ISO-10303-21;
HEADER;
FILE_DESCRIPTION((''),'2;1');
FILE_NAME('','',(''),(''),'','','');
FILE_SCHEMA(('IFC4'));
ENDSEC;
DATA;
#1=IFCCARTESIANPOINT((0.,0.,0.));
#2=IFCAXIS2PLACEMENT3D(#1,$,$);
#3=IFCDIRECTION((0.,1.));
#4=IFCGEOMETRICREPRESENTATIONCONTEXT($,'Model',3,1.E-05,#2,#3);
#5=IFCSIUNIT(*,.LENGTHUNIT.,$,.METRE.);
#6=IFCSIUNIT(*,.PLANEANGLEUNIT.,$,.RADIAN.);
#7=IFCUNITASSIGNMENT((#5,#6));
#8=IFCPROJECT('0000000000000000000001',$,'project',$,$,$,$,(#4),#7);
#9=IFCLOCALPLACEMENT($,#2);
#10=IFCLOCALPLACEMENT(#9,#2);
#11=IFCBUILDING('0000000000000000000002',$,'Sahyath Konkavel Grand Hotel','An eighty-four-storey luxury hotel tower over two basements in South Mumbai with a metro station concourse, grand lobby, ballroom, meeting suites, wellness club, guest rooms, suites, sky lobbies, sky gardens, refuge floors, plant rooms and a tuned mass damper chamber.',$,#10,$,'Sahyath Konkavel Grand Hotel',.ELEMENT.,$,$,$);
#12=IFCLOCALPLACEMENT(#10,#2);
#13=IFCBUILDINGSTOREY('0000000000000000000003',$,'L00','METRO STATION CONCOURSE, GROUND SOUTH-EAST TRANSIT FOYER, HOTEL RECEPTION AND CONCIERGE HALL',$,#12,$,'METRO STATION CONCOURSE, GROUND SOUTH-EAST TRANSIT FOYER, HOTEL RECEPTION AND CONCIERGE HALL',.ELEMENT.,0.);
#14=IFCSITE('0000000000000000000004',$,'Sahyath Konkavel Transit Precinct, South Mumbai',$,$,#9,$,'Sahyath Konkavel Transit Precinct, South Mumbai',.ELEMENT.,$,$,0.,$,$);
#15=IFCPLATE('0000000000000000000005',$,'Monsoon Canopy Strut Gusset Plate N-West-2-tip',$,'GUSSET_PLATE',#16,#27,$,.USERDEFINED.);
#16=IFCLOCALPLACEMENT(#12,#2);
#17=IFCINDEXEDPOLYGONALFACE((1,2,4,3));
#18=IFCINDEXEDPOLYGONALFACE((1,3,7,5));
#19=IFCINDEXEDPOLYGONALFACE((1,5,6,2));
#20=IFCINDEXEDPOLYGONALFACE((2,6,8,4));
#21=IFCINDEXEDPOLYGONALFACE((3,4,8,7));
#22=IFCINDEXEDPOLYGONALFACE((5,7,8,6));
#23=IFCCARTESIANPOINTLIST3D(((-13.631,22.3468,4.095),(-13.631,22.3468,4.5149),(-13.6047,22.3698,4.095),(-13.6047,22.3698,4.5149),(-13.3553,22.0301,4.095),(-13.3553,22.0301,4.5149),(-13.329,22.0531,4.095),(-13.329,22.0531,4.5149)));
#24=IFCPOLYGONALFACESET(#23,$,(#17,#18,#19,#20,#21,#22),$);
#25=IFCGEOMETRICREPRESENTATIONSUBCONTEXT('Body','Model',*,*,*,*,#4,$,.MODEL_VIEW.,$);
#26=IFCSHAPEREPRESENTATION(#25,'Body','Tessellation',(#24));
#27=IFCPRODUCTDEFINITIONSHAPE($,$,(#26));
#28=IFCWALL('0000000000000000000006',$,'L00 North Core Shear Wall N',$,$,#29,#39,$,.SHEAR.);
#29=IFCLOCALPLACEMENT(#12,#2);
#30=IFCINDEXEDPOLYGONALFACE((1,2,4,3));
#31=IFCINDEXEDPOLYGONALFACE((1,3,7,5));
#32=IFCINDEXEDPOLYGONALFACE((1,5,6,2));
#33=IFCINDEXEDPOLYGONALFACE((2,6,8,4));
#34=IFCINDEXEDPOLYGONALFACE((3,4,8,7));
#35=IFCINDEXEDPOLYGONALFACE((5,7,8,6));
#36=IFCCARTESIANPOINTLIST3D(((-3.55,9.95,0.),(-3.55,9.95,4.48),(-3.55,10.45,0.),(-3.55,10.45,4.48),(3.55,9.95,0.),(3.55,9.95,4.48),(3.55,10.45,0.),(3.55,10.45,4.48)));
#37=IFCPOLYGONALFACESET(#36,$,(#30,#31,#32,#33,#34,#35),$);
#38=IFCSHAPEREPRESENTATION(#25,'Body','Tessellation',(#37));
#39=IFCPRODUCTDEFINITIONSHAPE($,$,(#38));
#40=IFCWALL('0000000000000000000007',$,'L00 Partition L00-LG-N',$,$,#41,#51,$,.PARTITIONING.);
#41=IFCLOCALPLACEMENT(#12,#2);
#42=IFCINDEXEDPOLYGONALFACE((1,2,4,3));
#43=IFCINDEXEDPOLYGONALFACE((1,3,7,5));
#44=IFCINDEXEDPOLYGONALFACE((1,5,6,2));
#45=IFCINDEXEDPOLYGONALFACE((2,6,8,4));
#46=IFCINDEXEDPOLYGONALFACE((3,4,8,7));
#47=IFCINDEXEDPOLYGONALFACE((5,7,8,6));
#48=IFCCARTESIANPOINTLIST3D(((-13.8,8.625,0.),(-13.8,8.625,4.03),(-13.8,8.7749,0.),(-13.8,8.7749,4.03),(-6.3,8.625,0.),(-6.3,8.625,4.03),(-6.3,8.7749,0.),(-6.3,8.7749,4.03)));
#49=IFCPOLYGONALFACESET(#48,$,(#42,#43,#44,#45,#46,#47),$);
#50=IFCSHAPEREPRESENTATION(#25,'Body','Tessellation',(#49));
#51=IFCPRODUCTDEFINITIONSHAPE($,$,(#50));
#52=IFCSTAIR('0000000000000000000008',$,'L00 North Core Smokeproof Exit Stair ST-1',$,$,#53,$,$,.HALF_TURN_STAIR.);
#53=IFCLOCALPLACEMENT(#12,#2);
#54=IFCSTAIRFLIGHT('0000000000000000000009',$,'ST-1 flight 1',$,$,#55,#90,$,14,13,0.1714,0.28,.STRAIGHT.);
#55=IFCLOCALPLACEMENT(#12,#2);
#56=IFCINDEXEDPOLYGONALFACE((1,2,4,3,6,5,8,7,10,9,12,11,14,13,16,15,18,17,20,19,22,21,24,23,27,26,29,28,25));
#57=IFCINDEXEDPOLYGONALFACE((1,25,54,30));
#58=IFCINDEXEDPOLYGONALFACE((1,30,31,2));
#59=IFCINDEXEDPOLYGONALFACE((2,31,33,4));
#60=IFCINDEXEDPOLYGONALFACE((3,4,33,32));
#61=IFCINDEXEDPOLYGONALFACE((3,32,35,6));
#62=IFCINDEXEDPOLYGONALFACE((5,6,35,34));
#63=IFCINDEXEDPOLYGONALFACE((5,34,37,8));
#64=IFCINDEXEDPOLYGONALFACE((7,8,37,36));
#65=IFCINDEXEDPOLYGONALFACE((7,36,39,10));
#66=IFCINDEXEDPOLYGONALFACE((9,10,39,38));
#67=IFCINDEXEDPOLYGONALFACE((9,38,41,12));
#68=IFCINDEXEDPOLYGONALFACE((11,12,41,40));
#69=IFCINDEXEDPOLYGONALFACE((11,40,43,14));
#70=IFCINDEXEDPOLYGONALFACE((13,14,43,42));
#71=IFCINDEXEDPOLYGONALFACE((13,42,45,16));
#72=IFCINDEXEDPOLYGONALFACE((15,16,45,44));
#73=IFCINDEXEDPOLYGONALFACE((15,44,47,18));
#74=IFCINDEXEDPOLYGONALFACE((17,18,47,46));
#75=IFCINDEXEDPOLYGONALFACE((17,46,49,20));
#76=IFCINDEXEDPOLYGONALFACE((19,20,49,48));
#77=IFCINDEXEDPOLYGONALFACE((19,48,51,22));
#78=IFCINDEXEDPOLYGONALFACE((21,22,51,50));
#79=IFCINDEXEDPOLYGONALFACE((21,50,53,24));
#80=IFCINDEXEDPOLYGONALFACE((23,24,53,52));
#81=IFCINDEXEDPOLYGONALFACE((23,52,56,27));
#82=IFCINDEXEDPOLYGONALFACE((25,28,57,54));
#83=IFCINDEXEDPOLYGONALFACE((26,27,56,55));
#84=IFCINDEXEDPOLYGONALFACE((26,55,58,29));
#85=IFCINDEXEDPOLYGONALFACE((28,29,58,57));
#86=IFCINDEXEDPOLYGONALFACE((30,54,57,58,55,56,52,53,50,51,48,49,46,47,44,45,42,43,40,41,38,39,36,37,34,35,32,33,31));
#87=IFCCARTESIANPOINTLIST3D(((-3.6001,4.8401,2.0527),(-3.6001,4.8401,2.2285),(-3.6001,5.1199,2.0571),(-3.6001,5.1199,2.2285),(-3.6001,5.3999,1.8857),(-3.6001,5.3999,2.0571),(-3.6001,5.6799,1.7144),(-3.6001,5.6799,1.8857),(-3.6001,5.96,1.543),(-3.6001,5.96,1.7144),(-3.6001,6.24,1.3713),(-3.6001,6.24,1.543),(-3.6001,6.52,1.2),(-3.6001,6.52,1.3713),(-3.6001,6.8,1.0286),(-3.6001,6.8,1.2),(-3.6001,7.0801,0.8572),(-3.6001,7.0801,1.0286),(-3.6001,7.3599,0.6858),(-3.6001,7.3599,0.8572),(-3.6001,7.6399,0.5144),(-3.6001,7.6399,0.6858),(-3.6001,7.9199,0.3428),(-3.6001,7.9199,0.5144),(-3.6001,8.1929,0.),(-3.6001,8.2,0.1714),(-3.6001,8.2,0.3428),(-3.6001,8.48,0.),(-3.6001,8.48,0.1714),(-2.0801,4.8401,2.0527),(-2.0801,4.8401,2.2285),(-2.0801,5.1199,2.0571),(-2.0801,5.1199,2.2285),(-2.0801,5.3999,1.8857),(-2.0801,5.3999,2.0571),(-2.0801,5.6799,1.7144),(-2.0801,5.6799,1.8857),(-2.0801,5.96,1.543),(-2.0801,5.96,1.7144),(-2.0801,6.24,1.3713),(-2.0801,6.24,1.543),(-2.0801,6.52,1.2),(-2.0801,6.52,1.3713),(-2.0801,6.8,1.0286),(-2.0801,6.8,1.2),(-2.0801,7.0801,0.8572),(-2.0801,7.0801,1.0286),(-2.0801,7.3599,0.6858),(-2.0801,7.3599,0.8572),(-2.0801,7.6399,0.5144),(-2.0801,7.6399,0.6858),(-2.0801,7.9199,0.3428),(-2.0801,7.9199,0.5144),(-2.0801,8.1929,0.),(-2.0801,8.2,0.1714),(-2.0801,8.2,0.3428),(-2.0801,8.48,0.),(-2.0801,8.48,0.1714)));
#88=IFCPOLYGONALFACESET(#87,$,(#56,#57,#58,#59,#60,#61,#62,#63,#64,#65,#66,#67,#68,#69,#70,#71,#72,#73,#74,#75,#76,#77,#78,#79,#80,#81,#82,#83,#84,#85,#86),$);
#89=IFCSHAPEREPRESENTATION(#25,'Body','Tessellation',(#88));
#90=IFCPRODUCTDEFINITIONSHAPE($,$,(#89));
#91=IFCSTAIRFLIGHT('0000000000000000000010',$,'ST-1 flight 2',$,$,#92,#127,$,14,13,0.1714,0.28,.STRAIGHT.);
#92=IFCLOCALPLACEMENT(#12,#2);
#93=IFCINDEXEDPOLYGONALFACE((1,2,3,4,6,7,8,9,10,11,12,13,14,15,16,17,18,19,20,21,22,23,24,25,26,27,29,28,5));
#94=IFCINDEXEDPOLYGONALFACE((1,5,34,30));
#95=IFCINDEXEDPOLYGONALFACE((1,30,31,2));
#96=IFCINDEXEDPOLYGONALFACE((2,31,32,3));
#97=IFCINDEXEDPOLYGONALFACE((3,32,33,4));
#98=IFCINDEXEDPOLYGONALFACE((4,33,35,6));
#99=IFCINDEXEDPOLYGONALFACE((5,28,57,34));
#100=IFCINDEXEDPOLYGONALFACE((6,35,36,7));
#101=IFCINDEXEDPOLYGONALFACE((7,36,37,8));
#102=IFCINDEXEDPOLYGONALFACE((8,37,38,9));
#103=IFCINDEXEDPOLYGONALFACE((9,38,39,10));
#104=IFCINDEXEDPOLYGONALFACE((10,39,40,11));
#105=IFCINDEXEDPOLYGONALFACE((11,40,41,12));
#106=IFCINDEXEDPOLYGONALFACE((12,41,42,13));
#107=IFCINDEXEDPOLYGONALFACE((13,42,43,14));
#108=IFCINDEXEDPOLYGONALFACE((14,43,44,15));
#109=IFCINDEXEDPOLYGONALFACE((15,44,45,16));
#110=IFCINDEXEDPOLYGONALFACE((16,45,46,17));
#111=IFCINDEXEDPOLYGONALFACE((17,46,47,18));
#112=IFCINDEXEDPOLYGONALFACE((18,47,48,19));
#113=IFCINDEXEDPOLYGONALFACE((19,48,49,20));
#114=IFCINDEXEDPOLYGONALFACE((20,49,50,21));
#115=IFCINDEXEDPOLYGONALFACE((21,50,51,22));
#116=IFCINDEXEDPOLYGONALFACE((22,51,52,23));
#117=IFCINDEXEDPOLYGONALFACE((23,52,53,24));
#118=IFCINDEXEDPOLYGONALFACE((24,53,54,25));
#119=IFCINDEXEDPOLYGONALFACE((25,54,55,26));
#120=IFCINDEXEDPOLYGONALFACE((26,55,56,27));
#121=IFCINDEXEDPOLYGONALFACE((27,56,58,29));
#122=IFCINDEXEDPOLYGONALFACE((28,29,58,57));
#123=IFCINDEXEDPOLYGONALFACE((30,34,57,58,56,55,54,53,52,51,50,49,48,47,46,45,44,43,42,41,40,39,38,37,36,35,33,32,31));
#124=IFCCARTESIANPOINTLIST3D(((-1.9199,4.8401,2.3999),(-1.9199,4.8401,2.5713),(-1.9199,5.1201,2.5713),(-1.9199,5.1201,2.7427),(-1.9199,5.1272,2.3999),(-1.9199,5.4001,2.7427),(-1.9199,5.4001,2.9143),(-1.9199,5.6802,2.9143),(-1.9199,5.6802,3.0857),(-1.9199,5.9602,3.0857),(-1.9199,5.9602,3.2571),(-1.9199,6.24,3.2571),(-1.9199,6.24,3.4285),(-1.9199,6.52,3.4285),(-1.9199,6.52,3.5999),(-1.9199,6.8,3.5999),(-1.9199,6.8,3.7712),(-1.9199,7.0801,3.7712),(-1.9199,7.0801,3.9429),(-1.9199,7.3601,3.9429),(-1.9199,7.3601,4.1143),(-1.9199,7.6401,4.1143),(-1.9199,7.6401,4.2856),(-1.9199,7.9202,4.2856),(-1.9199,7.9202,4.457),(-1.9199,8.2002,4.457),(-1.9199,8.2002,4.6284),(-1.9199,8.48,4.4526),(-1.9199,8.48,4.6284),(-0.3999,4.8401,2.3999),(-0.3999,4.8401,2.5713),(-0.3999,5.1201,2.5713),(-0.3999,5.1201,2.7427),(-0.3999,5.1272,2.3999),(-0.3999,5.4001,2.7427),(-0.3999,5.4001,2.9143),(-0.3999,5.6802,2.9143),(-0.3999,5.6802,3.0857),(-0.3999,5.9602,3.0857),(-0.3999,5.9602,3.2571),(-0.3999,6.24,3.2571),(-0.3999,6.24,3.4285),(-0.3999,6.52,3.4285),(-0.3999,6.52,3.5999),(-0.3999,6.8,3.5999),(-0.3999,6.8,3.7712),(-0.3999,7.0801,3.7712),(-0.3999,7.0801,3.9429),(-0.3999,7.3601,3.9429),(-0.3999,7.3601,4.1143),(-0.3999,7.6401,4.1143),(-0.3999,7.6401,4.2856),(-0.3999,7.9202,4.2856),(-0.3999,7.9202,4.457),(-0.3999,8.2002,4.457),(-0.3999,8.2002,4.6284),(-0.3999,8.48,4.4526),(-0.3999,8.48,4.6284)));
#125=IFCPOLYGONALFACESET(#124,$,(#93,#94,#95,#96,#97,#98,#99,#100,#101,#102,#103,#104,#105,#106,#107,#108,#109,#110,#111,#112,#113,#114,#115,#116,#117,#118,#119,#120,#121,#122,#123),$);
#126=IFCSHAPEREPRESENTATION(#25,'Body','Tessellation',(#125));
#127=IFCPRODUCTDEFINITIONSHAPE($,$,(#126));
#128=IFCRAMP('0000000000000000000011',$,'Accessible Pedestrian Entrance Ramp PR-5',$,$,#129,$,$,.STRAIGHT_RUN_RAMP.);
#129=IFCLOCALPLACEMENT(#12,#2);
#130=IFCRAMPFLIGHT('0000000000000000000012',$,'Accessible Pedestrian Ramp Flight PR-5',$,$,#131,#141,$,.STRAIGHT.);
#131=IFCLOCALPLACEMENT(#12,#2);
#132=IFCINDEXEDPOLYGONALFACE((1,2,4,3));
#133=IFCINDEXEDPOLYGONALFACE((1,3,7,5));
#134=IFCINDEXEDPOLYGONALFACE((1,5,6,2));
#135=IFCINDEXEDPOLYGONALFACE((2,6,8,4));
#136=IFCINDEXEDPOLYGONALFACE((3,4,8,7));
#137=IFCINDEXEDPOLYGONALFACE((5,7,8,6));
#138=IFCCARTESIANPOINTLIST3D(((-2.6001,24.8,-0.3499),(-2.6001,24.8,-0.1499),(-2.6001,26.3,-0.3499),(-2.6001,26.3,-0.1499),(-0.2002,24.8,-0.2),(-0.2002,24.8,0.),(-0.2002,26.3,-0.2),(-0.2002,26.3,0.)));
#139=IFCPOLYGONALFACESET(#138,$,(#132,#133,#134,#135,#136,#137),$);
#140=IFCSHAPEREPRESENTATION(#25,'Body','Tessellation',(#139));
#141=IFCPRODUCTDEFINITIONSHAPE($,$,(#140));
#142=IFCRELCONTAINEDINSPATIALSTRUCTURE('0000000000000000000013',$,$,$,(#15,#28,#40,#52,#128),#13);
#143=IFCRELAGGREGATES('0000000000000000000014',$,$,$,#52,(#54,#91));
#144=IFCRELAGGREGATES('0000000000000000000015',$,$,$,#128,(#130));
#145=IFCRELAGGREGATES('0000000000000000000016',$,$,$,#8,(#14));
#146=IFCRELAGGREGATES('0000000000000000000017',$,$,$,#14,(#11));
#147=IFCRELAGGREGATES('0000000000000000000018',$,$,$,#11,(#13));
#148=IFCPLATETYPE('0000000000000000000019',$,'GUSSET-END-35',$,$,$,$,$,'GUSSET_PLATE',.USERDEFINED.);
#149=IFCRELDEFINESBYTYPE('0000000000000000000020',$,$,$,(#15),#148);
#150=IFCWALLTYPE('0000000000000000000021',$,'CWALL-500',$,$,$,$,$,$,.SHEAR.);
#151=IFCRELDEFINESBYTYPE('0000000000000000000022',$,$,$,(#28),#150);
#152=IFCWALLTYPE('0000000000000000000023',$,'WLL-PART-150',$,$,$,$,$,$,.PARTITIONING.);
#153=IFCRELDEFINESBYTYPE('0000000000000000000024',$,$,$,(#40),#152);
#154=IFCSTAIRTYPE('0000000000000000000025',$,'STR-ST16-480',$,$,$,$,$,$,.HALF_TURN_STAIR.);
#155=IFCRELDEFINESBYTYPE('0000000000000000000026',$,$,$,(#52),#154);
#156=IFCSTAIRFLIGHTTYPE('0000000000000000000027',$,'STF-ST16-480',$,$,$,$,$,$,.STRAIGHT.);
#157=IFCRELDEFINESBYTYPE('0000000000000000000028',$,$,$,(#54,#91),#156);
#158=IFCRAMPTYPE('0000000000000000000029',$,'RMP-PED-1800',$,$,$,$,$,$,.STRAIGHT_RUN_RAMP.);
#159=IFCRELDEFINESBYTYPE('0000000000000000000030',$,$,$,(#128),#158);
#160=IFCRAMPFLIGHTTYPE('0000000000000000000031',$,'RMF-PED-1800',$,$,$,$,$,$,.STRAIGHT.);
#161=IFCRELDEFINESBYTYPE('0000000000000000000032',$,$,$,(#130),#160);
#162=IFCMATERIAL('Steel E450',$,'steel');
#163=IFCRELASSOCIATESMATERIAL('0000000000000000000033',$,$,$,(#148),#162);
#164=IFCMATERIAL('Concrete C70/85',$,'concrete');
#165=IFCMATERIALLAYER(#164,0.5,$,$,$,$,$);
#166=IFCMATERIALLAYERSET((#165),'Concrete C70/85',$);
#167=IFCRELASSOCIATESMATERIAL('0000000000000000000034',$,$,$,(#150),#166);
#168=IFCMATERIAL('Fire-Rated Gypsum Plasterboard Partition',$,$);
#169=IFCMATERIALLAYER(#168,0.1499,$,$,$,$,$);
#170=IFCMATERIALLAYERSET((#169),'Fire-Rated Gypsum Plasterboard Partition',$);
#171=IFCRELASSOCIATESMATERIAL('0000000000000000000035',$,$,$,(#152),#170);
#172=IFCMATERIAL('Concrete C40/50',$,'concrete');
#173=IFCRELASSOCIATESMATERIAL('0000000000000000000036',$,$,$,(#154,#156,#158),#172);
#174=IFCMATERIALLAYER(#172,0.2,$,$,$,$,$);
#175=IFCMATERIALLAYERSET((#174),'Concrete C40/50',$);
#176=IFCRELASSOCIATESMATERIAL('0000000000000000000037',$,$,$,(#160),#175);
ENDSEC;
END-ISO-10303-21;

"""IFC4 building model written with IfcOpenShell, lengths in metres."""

from ifc_helpers import new_model, si_unit, direction, frame, frame_2d, origin, origin_2d, place, context, subcontext, project, spatial, polyline, rectangle, outline, extrude, source, transform, mapped, material, layer, layer_set, type_object, element, aggregate, save


model = new_model("IFC4")

# Units and contexts
model_context = context("Model", 3, precision=1e-05, world=origin(), true_north=direction((0.0, 1.0)))
body_context = subcontext(model_context, "Body", "Model", "MODEL_VIEW")
ifc_project = project(units=[si_unit("LENGTHUNIT", "METRE"), si_unit("PLANEANGLEUNIT", "RADIAN")], contexts=[model_context])

# Site, building, storey
site_placement = place(None, origin())
site = spatial("IfcSite", under=ifc_project, at=site_placement, Name="Sahyath Konkavel Transit Precinct, South Mumbai", LongName="Sahyath Konkavel Transit Precinct, South Mumbai", CompositionType="ELEMENT", RefElevation=0.0)
building_placement = place(site_placement, origin())
building = spatial("IfcBuilding", under=site, at=building_placement, Name="Sahyath Konkavel Grand Hotel", Description="An eighty-four-storey luxury hotel tower over two basements in South Mumbai with a metro station concourse, grand lobby, ballroom, meeting suites, wellness club, guest rooms, suites, sky lobbies, sky gardens, refuge floors, plant rooms and a tuned mass damper chamber.", LongName="Sahyath Konkavel Grand Hotel", CompositionType="ELEMENT")
storey_placement = place(building_placement, origin())
storey = spatial("IfcBuildingStorey", under=building, at=storey_placement, Name="L00", Description="METRO STATION CONCOURSE, GROUND SOUTH-EAST TRANSIT FOYER, HOTEL RECEPTION AND CONCIERGE HALL", LongName="METRO STATION CONCOURSE, GROUND SOUTH-EAST TRANSIT FOYER, HOTEL RECEPTION AND CONCIERGE HALL", CompositionType="ELEMENT", Elevation=0.0)

# Shared definitions
ifc_material_1 = material(Name="Concrete C70/85", Category="concrete")

# Plate
ifc_material_2 = material(Name="Steel E450", Category="steel")
plate_type = type_object("IfcPlateType", Name="GUSSET-END-35", ElementType="GUSSET_PLATE", PredefinedType="USERDEFINED", material=ifc_material_2)
shared_shape_1 = source(origin(), body_context, "Body", "SweptSolid", [
    extrude(rectangle(XDim=0.4199, YDim=0.0349, at=origin_2d()), origin(), (0.0, 0.0, 1.0), 0.4199),
])
for number, where, z_axis, x_axis, name in (
    (1, (-13.48, 22.2, 4.095), (0.0, 0.0, 1.0), (-0.656612, 0.754228, 0.0), "Monsoon Canopy Strut Gusset Plate N-West-2-tip"),
):
    element("IfcPlate", number, at=place(storey_placement, frame(where, z_axis=z_axis, x_axis=x_axis)), inside=storey, type_object=plate_type, Name=name, ObjectType="GUSSET_PLATE", PredefinedType="USERDEFINED", context=body_context, shape_type="MappedRepresentation", body=[
        mapped(shared_shape_1, transform((0.0, 0.0, 0.0), scale=1.0)),
    ])

# Walls
ifc_layer_1 = layer(ifc_material_1, 0.5)
ifc_layer_set_1 = layer_set([ifc_layer_1], Name="Concrete C70/85")
wall_type_1 = type_object("IfcWallType", Name="CWALL-500", PredefinedType="SHEAR", material=ifc_layer_set_1)
wall_1_placement = place(storey_placement, frame((-3.55, 10.2, 0.0), z_axis=(0.0, 0.0, 1.0), x_axis=(1.0, 0.0, 0.0)))
element("IfcWall", 2, at=wall_1_placement, inside=storey, type_object=wall_type_1, Name="L00 North Core Shear Wall N", PredefinedType="SHEAR", context=body_context, shape_type="SweptSolid", body=[
    extrude(rectangle(XDim=7.1001, YDim=0.5, at=frame_2d((3.55, 0.0))), origin(), (0.0, 0.0, 1.0), 4.48),
])
ifc_material_3 = material(Name="Fire-Rated Gypsum Plasterboard Partition")
ifc_layer_2 = layer(ifc_material_3, 0.1499)
ifc_layer_set_2 = layer_set([ifc_layer_2], Name="Fire-Rated Gypsum Plasterboard Partition")
wall_type_2 = type_object("IfcWallType", Name="WLL-PART-150", PredefinedType="PARTITIONING", material=ifc_layer_set_2)
wall_2_placement = place(storey_placement, frame((-13.8, 8.7, 0.0), z_axis=(0.0, 0.0, 1.0), x_axis=(1.0, 0.0, 0.0)))
element("IfcWall", 3, at=wall_2_placement, inside=storey, type_object=wall_type_2, Name="L00 Partition L00-LG-N", PredefinedType="PARTITIONING", context=body_context, shape_type="SweptSolid", body=[
    extrude(rectangle(XDim=7.5, YDim=0.1499, at=frame_2d((3.75, 0.0))), origin(), (0.0, 0.0, 1.0), 4.03),
])

# Stair, stair flights
ifc_material_4 = material(Name="Concrete C40/50", Category="concrete")
stair_type = type_object("IfcStairType", Name="STR-ST16-480", PredefinedType="HALF_TURN_STAIR", material=ifc_material_4)
stair_placement = place(storey_placement, origin())
stair = element("IfcStair", 4, at=stair_placement, inside=storey, type_object=stair_type, Name="L00 North Core Smokeproof Exit Stair ST-1", PredefinedType="HALF_TURN_STAIR")
stair_flight_type = type_object("IfcStairFlightType", Name="STF-ST16-480", PredefinedType="STRAIGHT", material=ifc_material_4)
stair_flight_1_placement = place(storey_placement, frame((-2.8401, 8.48, 0.0), z_axis=(0.0, 0.0, 1.0), x_axis=(0.0, -1.0, 0.0)))
stair_flight_1 = element("IfcStairFlight", 5, at=stair_flight_1_placement, type_object=stair_flight_type, Name="ST-1 flight 1", NumberOfRisers=14, NumberOfTreads=13, PredefinedType="STRAIGHT", RiserHeight=0.1714, TreadLength=0.28, context=body_context, shape_type="SweptSolid", body=[
    extrude(outline(polyline([(0.0, 0.0), (0.0, 0.1714), (0.28, 0.1714), (0.28, 0.3428), (0.5601, 0.3428), (0.5601, 0.5144), (0.8401, 0.5144), (0.8401, 0.6858), (1.1201, 0.6858), (1.1201, 0.8572), (1.3999, 0.8572), (1.3999, 1.0286), (1.6799, 1.0286), (1.6799, 1.2), (1.96, 1.2), (1.96, 1.3713), (2.24, 1.3713), (2.24, 1.543), (2.52, 1.543), (2.52, 1.7144), (2.8, 1.7144), (2.8, 1.8857), (3.0801, 1.8857), (3.0801, 2.0571), (3.3601, 2.0571), (3.3601, 2.2285), (3.6399, 2.2285), (3.6399, 2.3999), (3.6399, 2.0527), (0.2871, 0.0), (0.0, 0.0)])), frame((0.0, 0.76, 0.0), z_axis=(0.0, -1.0, 0.0), x_axis=(1.0, 0.0, 0.0)), (0.0, 0.0, 1.0), 1.52),
])
stair_flight_2_placement = place(storey_placement, frame((-1.1599, 4.8401, 2.3999), z_axis=(0.0, 0.0, 1.0), x_axis=(0.0, 1.0, 0.0)))
stair_flight_2 = element("IfcStairFlight", 6, at=stair_flight_2_placement, type_object=stair_flight_type, Name="ST-1 flight 2", NumberOfRisers=14, NumberOfTreads=13, PredefinedType="STRAIGHT", RiserHeight=0.1714, TreadLength=0.28, context=body_context, shape_type="SweptSolid", body=[
    extrude(outline(polyline([(0.0, 0.0), (0.0, 0.1714), (0.28, 0.1714), (0.28, 0.3428), (0.5601, 0.3428), (0.5601, 0.5144), (0.8401, 0.5144), (0.8401, 0.6858), (1.1201, 0.6858), (1.1201, 0.8572), (1.3999, 0.8572), (1.3999, 1.0286), (1.6799, 1.0286), (1.6799, 1.2), (1.96, 1.2), (1.96, 1.3713), (2.24, 1.3713), (2.24, 1.543), (2.52, 1.543), (2.52, 1.7144), (2.8, 1.7144), (2.8, 1.8857), (3.0801, 1.8857), (3.0801, 2.0571), (3.3601, 2.0571), (3.3601, 2.2285), (3.6399, 2.2285), (3.6399, 2.3999), (3.6399, 2.0527), (0.2871, 0.0), (0.0, 0.0)])), frame((0.0, 0.76, 0.0), z_axis=(0.0, -1.0, 0.0), x_axis=(1.0, 0.0, 0.0)), (0.0, 0.0, 1.0), 1.52),
])
aggregate(stair, [stair_flight_1, stair_flight_2])

# Ramp, ramp flight
ramp_type = type_object("IfcRampType", Name="RMP-PED-1800", PredefinedType="STRAIGHT_RUN_RAMP", material=ifc_material_4)
ramp_placement = place(storey_placement, origin())
ramp = element("IfcRamp", 7, at=ramp_placement, inside=storey, type_object=ramp_type, Name="Accessible Pedestrian Entrance Ramp PR-5", PredefinedType="STRAIGHT_RUN_RAMP")
ifc_layer_3 = layer(ifc_material_4, 0.2)
ifc_layer_set_3 = layer_set([ifc_layer_3], Name="Concrete C40/50")
ramp_flight_type = type_object("IfcRampFlightType", Name="RMF-PED-1800", PredefinedType="STRAIGHT", material=ifc_layer_set_3)
ramp_flight_placement = place(storey_placement, frame((-2.6001, 25.55, -0.1499), z_axis=(0.0, 0.0, 1.0), x_axis=(1.0, 0.0, 0.0)))
ramp_flight = element("IfcRampFlight", 8, at=ramp_flight_placement, type_object=ramp_flight_type, Name="Accessible Pedestrian Ramp Flight PR-5", PredefinedType="STRAIGHT", context=body_context, shape_type="SweptSolid", body=[
    extrude(outline(polyline([(0.0, 0.0), (0.0, -0.2), (2.3999, -0.05), (2.3999, 0.1499), (0.0, 0.0)])), frame((0.0, 0.75, 0.0), z_axis=(0.0, -1.0, 0.0), x_axis=(1.0, 0.0, 0.0)), (0.0, 0.0, 1.0), 1.5),
])
aggregate(ramp, [ramp_flight])

save(model, "model.ifc")
